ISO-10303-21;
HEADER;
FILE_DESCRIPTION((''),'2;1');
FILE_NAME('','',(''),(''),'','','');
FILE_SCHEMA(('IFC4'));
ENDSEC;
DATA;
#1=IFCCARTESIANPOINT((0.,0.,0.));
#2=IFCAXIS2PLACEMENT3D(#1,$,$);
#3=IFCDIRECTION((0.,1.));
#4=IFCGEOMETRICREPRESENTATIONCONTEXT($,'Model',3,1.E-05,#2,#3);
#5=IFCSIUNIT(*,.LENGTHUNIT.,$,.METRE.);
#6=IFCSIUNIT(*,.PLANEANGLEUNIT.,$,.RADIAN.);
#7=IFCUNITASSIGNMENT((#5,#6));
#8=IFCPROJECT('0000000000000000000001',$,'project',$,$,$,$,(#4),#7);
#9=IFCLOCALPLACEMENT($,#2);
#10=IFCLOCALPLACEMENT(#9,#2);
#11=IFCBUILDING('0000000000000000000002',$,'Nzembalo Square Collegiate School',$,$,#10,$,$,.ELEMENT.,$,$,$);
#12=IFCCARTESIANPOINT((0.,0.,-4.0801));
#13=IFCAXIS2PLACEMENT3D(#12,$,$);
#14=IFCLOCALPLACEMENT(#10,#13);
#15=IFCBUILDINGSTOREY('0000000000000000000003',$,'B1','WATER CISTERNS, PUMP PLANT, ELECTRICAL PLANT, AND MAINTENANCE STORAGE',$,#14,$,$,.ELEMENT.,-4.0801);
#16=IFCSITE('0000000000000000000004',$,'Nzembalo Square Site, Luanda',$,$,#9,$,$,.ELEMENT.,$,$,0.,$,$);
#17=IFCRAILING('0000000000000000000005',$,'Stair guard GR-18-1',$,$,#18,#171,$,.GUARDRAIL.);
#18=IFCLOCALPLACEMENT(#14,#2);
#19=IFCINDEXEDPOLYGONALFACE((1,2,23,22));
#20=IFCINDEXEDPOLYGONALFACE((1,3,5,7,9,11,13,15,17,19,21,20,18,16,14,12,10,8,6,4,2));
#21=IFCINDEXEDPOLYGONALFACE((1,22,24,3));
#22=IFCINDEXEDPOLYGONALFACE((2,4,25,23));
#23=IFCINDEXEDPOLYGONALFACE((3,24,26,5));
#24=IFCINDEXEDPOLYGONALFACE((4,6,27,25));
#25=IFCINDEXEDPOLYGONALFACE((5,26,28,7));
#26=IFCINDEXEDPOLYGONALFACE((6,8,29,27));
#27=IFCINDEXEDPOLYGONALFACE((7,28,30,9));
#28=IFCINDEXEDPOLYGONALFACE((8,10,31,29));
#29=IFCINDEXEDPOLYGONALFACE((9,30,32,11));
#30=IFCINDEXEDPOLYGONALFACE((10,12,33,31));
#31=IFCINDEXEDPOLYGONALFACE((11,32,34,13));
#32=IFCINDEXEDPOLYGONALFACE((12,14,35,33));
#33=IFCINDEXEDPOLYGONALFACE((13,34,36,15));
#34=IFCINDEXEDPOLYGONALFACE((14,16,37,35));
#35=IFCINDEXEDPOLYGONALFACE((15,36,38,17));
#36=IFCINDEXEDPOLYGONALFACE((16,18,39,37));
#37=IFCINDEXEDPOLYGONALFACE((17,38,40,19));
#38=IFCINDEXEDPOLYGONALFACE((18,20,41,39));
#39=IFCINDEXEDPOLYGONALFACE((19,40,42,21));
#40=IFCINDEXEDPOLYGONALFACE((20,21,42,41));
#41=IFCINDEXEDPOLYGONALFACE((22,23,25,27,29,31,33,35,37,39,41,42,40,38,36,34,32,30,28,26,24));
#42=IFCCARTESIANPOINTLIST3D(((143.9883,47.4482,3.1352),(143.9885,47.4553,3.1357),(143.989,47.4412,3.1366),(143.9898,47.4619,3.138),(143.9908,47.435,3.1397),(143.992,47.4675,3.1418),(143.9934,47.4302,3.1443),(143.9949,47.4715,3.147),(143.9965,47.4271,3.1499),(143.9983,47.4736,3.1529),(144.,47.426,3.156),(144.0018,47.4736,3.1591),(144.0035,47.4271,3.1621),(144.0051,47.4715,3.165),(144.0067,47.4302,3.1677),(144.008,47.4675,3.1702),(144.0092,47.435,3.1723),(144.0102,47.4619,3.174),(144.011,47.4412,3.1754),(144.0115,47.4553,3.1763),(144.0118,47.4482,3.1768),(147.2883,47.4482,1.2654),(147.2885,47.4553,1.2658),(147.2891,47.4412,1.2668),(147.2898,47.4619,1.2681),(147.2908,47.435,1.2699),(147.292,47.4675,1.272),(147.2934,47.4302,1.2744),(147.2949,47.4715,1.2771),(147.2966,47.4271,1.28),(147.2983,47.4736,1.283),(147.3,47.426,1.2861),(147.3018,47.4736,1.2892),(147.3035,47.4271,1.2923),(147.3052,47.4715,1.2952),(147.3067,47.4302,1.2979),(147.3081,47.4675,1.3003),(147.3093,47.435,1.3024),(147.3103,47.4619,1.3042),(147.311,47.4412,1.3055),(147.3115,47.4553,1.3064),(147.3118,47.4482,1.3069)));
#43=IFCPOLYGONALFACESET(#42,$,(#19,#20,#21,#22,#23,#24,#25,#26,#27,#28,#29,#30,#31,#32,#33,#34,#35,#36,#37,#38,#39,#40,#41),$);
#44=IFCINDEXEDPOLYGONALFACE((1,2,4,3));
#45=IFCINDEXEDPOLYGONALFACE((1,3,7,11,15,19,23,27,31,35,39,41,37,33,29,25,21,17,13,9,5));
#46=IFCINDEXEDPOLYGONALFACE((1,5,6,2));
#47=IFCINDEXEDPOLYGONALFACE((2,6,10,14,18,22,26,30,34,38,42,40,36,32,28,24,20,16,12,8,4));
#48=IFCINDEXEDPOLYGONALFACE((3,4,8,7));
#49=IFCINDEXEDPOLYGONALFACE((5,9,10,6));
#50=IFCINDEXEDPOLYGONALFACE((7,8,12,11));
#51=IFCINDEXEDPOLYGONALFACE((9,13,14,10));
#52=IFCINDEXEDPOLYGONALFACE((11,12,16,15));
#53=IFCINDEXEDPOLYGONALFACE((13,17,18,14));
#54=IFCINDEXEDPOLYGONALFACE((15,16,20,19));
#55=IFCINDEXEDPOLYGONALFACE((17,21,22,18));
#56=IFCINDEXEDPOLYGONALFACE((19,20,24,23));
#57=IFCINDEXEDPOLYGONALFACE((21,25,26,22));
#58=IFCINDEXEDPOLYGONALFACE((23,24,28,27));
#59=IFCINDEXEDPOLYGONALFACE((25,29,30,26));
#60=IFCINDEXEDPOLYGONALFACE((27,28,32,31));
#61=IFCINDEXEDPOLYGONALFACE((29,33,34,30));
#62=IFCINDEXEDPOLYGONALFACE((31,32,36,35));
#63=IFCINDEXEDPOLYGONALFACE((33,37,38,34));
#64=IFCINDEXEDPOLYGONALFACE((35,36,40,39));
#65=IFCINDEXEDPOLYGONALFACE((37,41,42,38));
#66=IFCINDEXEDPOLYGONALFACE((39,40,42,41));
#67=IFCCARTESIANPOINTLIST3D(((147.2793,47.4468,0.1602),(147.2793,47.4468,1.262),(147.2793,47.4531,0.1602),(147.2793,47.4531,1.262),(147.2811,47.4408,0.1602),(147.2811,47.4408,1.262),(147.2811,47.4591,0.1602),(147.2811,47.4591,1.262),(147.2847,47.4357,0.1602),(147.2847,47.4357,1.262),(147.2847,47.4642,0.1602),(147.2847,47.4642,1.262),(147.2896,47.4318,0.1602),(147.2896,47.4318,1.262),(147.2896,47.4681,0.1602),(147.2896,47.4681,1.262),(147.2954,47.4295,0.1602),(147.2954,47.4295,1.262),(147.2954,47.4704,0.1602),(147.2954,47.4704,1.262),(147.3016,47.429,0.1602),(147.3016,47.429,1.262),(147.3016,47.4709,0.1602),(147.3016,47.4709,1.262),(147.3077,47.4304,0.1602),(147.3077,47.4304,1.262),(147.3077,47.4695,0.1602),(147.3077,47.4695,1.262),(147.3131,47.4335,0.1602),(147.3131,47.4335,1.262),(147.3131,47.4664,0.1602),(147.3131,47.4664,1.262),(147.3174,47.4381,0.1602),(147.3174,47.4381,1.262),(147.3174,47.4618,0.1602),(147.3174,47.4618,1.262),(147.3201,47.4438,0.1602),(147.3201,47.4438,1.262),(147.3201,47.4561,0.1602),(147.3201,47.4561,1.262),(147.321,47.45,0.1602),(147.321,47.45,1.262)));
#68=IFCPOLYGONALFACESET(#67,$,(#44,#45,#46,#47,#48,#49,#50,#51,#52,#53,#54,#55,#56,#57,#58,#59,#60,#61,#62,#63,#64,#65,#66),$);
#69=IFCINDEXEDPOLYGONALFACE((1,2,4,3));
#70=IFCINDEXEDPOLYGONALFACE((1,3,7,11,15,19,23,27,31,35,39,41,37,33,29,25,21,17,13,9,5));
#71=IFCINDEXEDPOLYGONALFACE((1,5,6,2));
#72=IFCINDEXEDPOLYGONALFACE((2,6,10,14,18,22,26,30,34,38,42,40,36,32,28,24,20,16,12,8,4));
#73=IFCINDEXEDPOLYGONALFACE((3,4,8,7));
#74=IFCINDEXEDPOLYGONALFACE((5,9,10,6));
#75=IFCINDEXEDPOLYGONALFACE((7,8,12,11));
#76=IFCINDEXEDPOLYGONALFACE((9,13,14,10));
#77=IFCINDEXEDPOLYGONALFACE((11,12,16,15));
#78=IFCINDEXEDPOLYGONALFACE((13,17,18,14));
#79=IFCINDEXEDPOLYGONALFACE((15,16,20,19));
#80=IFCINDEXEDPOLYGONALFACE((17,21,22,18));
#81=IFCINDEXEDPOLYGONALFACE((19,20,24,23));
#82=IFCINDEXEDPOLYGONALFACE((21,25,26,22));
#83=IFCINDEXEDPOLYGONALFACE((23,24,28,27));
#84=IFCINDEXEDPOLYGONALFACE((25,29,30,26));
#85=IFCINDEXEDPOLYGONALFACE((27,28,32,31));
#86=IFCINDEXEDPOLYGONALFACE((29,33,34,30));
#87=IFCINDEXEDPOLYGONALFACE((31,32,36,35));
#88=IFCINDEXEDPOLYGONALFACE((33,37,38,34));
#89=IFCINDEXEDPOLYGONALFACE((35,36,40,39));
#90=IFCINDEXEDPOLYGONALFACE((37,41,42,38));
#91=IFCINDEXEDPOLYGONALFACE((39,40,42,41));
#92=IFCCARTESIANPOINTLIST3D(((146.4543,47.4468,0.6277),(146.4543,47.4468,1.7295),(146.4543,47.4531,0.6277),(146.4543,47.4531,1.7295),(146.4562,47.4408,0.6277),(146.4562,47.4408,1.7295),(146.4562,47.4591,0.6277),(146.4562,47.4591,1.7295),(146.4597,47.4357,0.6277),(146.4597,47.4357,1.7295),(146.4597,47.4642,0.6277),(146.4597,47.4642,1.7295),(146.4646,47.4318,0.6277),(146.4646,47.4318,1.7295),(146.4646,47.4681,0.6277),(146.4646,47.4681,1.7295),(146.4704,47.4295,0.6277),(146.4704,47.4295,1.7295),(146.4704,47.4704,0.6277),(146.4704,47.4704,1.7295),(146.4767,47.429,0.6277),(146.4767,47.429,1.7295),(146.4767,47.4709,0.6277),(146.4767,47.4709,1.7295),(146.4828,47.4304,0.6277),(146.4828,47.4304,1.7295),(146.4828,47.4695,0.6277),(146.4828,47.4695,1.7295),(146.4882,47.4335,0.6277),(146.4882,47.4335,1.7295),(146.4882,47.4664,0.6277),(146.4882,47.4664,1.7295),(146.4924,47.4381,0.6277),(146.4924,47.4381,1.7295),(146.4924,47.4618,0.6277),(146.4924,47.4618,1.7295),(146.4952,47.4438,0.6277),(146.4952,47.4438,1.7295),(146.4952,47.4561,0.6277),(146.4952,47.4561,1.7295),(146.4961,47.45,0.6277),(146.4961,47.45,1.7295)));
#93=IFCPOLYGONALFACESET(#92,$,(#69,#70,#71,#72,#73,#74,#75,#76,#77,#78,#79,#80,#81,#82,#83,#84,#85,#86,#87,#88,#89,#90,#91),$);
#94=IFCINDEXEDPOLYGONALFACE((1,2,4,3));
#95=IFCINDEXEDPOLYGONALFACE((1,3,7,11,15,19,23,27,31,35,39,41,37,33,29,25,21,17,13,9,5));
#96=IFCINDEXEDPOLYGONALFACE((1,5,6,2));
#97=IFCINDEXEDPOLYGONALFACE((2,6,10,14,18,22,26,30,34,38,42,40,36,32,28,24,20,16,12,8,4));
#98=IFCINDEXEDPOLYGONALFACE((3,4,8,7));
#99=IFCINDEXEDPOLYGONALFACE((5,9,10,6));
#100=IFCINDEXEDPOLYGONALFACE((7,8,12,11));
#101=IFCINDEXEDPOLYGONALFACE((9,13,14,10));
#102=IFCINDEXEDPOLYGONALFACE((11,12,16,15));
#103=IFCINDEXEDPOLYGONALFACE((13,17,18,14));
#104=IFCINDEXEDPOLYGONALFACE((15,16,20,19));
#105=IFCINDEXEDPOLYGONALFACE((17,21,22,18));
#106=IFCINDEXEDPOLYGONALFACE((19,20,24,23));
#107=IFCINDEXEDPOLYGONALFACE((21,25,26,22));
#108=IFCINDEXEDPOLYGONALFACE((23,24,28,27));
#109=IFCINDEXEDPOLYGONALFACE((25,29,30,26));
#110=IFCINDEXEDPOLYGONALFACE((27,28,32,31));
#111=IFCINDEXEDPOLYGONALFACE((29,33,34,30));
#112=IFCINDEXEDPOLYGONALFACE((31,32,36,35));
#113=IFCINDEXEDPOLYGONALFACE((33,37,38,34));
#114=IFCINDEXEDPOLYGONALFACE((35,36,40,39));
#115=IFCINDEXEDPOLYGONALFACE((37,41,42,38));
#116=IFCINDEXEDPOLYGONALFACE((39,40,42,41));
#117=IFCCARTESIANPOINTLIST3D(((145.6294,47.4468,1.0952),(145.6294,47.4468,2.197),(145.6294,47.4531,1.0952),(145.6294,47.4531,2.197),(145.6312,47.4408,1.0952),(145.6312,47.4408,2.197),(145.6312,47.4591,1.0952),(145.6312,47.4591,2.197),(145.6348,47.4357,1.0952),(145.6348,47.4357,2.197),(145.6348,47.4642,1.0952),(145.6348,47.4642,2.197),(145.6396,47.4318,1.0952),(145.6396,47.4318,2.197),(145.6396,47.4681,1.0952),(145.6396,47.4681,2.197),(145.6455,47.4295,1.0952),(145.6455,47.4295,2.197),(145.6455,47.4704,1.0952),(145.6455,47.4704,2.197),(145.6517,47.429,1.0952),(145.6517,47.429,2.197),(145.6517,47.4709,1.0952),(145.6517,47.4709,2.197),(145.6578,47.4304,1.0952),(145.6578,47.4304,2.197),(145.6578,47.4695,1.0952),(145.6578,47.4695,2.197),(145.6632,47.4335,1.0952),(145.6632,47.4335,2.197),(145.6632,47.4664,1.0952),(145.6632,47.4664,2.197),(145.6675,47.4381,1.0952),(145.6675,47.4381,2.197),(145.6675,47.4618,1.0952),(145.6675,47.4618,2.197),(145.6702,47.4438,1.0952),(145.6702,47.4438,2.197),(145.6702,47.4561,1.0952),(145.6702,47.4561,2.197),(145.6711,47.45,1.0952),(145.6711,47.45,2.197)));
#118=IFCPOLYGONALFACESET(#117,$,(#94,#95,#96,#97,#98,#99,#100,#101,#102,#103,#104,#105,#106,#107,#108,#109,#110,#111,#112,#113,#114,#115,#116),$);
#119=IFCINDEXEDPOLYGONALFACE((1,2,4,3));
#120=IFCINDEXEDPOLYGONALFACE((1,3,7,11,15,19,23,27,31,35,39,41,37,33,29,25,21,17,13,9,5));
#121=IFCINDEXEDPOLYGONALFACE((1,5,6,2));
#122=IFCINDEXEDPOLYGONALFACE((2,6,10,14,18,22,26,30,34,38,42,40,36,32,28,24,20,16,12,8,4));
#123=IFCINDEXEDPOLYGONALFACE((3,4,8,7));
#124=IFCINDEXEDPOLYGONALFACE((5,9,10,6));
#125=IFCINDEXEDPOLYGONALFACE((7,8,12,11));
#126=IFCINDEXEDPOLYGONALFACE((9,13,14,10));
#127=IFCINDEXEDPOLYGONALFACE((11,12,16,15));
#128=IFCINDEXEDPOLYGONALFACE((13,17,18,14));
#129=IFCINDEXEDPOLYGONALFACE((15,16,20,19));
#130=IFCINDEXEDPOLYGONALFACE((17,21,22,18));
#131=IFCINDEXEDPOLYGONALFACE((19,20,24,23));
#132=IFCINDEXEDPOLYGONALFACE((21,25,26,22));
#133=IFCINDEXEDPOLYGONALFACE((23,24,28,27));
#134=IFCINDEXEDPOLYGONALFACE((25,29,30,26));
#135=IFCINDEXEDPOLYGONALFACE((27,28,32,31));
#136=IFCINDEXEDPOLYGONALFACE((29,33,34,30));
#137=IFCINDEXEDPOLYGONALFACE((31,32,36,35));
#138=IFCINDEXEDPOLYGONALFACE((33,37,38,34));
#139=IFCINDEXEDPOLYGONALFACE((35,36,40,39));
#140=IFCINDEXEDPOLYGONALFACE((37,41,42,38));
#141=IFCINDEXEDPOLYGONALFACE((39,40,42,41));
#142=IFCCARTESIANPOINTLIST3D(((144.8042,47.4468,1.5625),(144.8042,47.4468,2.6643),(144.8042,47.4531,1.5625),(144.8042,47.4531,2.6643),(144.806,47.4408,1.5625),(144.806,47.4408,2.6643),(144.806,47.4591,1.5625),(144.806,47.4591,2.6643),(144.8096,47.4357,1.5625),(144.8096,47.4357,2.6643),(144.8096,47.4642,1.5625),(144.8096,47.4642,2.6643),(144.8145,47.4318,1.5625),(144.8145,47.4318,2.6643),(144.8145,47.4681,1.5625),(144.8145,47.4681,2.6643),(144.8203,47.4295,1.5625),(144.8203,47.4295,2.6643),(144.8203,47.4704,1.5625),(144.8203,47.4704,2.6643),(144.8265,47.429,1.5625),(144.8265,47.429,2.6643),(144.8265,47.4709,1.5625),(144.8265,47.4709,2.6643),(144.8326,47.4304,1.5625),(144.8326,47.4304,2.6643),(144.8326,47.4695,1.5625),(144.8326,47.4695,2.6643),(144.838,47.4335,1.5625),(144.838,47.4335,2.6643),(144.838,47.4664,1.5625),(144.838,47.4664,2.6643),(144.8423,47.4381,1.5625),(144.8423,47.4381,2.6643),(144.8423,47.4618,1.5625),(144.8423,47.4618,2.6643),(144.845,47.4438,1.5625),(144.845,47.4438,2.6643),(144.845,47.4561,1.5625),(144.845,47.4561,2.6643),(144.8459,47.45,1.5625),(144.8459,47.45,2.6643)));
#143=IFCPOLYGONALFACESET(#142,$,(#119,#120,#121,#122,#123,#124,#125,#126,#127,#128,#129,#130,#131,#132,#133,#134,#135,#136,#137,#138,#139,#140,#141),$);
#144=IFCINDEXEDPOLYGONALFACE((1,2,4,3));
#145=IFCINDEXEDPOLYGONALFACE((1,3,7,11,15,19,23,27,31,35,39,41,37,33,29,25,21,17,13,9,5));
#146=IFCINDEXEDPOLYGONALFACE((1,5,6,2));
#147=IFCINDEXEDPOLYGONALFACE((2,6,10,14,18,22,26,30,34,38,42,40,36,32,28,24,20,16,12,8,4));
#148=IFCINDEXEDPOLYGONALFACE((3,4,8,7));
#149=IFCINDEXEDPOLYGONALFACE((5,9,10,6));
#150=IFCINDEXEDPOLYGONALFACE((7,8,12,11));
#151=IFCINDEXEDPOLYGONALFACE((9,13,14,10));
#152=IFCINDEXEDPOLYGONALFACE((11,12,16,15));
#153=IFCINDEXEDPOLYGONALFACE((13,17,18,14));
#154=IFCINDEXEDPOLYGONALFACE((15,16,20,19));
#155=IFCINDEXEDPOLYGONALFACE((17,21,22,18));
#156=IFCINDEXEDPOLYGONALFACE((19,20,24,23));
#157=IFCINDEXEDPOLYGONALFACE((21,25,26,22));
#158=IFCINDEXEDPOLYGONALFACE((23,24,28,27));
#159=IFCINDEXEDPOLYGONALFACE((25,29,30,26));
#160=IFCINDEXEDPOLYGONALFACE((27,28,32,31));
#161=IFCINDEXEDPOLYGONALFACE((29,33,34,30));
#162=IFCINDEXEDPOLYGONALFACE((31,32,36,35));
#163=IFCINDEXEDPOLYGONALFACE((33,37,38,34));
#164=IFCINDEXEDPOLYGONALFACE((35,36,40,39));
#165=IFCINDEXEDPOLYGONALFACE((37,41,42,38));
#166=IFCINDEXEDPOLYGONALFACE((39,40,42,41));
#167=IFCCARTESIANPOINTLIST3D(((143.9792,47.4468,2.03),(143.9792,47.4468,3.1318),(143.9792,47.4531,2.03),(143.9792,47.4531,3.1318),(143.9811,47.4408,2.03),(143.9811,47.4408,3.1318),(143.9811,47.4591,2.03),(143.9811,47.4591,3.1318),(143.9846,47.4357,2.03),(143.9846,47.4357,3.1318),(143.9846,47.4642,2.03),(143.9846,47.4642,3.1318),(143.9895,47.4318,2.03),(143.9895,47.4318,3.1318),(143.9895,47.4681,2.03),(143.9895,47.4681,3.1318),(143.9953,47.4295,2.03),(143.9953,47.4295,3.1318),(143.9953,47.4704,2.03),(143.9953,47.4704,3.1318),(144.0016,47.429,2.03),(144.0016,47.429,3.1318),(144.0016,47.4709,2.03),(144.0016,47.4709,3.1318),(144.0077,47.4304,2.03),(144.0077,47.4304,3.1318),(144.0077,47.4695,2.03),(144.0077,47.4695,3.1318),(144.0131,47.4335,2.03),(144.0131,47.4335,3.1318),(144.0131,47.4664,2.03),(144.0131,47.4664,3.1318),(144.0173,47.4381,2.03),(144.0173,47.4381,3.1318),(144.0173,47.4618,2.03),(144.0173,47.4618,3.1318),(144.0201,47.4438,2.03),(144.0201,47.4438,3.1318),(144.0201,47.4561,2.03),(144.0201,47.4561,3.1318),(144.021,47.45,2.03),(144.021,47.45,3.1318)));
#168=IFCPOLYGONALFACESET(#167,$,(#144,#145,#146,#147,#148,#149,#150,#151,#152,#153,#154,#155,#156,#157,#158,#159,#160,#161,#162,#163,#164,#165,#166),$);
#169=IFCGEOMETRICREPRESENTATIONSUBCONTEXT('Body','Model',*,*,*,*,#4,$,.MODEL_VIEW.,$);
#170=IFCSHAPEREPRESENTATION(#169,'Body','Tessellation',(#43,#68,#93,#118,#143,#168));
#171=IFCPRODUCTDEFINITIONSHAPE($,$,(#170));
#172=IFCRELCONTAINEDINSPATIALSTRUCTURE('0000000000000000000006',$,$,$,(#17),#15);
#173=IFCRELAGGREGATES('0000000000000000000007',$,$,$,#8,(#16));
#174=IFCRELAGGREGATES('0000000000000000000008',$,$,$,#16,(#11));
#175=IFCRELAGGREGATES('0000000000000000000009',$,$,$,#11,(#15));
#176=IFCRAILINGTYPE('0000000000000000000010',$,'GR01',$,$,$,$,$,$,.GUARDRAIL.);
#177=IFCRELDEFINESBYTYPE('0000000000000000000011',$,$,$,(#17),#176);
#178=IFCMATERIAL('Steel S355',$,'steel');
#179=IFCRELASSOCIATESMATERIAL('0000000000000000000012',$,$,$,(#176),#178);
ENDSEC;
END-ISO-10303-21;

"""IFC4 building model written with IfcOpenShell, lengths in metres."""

from ifc_helpers import new_model, si_unit, direction, frame, origin, origin_2d, place, context, subcontext, project, spatial, circle, extrude, material, type_object, element, save


model = new_model("IFC4")

# Units and contexts
model_context = context("Model", 3, precision=1e-05, world=origin(), true_north=direction((0.0, 1.0)))
body_context = subcontext(model_context, "Body", "Model", "MODEL_VIEW")
ifc_project = project(units=[si_unit("LENGTHUNIT", "METRE"), si_unit("PLANEANGLEUNIT", "RADIAN")], contexts=[model_context])

# Site, building, storey
site_placement = place(None, origin())
site = spatial("IfcSite", under=ifc_project, at=site_placement, Name="Nzembalo Square Site, Luanda", CompositionType="ELEMENT", RefElevation=0.0)
building_placement = place(site_placement, origin())
building = spatial("IfcBuilding", under=site, at=building_placement, Name="Nzembalo Square Collegiate School", CompositionType="ELEMENT")
storey_placement = place(building_placement, frame((0.0, 0.0, -4.0801)))
storey = spatial("IfcBuildingStorey", under=building, at=storey_placement, Name="B1", Description="WATER CISTERNS, PUMP PLANT, ELECTRICAL PLANT, AND MAINTENANCE STORAGE", CompositionType="ELEMENT", Elevation=-4.0801)

# Railing
ifc_material_1 = material(Name="Steel S355", Category="steel")
railing_type_1 = type_object("IfcRailingType", Name="GR01", PredefinedType="GUARDRAIL", material=ifc_material_1)
railing_1_placement = place(storey_placement, frame((147.3, 47.45, 0.1602)))
element("IfcRailing", 1, at=railing_1_placement, inside=storey, type_object=railing_type_1, Name="Stair guard GR-18-1", PredefinedType="GUARDRAIL", context=body_context, shape_type="SweptSolid", body=[
    extrude(circle(Radius=0.0239, at=origin_2d()), frame((0.0, 0.0, 1.126), z_axis=(-0.87004, 0.0, 0.492982), x_axis=(0.0, -1.0, 0.0)), (0.0, 0.0, 1.0), 3.793),
    extrude(circle(Radius=0.021, at=origin_2d()), origin(), (0.0, 0.0, 1.0), 1.1018),
    extrude(circle(Radius=0.021, at=origin_2d()), frame((-0.825, 0.0, 0.4675)), (0.0, 0.0, 1.0), 1.1018),
    extrude(circle(Radius=0.021, at=origin_2d()), frame((-1.6499, 0.0, 0.9351)), (0.0, 0.0, 1.0), 1.1018),
    extrude(circle(Radius=0.021, at=origin_2d()), frame((-2.4751, 0.0, 1.4023)), (0.0, 0.0, 1.0), 1.1018),
    extrude(circle(Radius=0.021, at=origin_2d()), frame((-3.3, 0.0, 1.8699)), (0.0, 0.0, 1.0), 1.1018),
])

save(model, "model.ifc")
